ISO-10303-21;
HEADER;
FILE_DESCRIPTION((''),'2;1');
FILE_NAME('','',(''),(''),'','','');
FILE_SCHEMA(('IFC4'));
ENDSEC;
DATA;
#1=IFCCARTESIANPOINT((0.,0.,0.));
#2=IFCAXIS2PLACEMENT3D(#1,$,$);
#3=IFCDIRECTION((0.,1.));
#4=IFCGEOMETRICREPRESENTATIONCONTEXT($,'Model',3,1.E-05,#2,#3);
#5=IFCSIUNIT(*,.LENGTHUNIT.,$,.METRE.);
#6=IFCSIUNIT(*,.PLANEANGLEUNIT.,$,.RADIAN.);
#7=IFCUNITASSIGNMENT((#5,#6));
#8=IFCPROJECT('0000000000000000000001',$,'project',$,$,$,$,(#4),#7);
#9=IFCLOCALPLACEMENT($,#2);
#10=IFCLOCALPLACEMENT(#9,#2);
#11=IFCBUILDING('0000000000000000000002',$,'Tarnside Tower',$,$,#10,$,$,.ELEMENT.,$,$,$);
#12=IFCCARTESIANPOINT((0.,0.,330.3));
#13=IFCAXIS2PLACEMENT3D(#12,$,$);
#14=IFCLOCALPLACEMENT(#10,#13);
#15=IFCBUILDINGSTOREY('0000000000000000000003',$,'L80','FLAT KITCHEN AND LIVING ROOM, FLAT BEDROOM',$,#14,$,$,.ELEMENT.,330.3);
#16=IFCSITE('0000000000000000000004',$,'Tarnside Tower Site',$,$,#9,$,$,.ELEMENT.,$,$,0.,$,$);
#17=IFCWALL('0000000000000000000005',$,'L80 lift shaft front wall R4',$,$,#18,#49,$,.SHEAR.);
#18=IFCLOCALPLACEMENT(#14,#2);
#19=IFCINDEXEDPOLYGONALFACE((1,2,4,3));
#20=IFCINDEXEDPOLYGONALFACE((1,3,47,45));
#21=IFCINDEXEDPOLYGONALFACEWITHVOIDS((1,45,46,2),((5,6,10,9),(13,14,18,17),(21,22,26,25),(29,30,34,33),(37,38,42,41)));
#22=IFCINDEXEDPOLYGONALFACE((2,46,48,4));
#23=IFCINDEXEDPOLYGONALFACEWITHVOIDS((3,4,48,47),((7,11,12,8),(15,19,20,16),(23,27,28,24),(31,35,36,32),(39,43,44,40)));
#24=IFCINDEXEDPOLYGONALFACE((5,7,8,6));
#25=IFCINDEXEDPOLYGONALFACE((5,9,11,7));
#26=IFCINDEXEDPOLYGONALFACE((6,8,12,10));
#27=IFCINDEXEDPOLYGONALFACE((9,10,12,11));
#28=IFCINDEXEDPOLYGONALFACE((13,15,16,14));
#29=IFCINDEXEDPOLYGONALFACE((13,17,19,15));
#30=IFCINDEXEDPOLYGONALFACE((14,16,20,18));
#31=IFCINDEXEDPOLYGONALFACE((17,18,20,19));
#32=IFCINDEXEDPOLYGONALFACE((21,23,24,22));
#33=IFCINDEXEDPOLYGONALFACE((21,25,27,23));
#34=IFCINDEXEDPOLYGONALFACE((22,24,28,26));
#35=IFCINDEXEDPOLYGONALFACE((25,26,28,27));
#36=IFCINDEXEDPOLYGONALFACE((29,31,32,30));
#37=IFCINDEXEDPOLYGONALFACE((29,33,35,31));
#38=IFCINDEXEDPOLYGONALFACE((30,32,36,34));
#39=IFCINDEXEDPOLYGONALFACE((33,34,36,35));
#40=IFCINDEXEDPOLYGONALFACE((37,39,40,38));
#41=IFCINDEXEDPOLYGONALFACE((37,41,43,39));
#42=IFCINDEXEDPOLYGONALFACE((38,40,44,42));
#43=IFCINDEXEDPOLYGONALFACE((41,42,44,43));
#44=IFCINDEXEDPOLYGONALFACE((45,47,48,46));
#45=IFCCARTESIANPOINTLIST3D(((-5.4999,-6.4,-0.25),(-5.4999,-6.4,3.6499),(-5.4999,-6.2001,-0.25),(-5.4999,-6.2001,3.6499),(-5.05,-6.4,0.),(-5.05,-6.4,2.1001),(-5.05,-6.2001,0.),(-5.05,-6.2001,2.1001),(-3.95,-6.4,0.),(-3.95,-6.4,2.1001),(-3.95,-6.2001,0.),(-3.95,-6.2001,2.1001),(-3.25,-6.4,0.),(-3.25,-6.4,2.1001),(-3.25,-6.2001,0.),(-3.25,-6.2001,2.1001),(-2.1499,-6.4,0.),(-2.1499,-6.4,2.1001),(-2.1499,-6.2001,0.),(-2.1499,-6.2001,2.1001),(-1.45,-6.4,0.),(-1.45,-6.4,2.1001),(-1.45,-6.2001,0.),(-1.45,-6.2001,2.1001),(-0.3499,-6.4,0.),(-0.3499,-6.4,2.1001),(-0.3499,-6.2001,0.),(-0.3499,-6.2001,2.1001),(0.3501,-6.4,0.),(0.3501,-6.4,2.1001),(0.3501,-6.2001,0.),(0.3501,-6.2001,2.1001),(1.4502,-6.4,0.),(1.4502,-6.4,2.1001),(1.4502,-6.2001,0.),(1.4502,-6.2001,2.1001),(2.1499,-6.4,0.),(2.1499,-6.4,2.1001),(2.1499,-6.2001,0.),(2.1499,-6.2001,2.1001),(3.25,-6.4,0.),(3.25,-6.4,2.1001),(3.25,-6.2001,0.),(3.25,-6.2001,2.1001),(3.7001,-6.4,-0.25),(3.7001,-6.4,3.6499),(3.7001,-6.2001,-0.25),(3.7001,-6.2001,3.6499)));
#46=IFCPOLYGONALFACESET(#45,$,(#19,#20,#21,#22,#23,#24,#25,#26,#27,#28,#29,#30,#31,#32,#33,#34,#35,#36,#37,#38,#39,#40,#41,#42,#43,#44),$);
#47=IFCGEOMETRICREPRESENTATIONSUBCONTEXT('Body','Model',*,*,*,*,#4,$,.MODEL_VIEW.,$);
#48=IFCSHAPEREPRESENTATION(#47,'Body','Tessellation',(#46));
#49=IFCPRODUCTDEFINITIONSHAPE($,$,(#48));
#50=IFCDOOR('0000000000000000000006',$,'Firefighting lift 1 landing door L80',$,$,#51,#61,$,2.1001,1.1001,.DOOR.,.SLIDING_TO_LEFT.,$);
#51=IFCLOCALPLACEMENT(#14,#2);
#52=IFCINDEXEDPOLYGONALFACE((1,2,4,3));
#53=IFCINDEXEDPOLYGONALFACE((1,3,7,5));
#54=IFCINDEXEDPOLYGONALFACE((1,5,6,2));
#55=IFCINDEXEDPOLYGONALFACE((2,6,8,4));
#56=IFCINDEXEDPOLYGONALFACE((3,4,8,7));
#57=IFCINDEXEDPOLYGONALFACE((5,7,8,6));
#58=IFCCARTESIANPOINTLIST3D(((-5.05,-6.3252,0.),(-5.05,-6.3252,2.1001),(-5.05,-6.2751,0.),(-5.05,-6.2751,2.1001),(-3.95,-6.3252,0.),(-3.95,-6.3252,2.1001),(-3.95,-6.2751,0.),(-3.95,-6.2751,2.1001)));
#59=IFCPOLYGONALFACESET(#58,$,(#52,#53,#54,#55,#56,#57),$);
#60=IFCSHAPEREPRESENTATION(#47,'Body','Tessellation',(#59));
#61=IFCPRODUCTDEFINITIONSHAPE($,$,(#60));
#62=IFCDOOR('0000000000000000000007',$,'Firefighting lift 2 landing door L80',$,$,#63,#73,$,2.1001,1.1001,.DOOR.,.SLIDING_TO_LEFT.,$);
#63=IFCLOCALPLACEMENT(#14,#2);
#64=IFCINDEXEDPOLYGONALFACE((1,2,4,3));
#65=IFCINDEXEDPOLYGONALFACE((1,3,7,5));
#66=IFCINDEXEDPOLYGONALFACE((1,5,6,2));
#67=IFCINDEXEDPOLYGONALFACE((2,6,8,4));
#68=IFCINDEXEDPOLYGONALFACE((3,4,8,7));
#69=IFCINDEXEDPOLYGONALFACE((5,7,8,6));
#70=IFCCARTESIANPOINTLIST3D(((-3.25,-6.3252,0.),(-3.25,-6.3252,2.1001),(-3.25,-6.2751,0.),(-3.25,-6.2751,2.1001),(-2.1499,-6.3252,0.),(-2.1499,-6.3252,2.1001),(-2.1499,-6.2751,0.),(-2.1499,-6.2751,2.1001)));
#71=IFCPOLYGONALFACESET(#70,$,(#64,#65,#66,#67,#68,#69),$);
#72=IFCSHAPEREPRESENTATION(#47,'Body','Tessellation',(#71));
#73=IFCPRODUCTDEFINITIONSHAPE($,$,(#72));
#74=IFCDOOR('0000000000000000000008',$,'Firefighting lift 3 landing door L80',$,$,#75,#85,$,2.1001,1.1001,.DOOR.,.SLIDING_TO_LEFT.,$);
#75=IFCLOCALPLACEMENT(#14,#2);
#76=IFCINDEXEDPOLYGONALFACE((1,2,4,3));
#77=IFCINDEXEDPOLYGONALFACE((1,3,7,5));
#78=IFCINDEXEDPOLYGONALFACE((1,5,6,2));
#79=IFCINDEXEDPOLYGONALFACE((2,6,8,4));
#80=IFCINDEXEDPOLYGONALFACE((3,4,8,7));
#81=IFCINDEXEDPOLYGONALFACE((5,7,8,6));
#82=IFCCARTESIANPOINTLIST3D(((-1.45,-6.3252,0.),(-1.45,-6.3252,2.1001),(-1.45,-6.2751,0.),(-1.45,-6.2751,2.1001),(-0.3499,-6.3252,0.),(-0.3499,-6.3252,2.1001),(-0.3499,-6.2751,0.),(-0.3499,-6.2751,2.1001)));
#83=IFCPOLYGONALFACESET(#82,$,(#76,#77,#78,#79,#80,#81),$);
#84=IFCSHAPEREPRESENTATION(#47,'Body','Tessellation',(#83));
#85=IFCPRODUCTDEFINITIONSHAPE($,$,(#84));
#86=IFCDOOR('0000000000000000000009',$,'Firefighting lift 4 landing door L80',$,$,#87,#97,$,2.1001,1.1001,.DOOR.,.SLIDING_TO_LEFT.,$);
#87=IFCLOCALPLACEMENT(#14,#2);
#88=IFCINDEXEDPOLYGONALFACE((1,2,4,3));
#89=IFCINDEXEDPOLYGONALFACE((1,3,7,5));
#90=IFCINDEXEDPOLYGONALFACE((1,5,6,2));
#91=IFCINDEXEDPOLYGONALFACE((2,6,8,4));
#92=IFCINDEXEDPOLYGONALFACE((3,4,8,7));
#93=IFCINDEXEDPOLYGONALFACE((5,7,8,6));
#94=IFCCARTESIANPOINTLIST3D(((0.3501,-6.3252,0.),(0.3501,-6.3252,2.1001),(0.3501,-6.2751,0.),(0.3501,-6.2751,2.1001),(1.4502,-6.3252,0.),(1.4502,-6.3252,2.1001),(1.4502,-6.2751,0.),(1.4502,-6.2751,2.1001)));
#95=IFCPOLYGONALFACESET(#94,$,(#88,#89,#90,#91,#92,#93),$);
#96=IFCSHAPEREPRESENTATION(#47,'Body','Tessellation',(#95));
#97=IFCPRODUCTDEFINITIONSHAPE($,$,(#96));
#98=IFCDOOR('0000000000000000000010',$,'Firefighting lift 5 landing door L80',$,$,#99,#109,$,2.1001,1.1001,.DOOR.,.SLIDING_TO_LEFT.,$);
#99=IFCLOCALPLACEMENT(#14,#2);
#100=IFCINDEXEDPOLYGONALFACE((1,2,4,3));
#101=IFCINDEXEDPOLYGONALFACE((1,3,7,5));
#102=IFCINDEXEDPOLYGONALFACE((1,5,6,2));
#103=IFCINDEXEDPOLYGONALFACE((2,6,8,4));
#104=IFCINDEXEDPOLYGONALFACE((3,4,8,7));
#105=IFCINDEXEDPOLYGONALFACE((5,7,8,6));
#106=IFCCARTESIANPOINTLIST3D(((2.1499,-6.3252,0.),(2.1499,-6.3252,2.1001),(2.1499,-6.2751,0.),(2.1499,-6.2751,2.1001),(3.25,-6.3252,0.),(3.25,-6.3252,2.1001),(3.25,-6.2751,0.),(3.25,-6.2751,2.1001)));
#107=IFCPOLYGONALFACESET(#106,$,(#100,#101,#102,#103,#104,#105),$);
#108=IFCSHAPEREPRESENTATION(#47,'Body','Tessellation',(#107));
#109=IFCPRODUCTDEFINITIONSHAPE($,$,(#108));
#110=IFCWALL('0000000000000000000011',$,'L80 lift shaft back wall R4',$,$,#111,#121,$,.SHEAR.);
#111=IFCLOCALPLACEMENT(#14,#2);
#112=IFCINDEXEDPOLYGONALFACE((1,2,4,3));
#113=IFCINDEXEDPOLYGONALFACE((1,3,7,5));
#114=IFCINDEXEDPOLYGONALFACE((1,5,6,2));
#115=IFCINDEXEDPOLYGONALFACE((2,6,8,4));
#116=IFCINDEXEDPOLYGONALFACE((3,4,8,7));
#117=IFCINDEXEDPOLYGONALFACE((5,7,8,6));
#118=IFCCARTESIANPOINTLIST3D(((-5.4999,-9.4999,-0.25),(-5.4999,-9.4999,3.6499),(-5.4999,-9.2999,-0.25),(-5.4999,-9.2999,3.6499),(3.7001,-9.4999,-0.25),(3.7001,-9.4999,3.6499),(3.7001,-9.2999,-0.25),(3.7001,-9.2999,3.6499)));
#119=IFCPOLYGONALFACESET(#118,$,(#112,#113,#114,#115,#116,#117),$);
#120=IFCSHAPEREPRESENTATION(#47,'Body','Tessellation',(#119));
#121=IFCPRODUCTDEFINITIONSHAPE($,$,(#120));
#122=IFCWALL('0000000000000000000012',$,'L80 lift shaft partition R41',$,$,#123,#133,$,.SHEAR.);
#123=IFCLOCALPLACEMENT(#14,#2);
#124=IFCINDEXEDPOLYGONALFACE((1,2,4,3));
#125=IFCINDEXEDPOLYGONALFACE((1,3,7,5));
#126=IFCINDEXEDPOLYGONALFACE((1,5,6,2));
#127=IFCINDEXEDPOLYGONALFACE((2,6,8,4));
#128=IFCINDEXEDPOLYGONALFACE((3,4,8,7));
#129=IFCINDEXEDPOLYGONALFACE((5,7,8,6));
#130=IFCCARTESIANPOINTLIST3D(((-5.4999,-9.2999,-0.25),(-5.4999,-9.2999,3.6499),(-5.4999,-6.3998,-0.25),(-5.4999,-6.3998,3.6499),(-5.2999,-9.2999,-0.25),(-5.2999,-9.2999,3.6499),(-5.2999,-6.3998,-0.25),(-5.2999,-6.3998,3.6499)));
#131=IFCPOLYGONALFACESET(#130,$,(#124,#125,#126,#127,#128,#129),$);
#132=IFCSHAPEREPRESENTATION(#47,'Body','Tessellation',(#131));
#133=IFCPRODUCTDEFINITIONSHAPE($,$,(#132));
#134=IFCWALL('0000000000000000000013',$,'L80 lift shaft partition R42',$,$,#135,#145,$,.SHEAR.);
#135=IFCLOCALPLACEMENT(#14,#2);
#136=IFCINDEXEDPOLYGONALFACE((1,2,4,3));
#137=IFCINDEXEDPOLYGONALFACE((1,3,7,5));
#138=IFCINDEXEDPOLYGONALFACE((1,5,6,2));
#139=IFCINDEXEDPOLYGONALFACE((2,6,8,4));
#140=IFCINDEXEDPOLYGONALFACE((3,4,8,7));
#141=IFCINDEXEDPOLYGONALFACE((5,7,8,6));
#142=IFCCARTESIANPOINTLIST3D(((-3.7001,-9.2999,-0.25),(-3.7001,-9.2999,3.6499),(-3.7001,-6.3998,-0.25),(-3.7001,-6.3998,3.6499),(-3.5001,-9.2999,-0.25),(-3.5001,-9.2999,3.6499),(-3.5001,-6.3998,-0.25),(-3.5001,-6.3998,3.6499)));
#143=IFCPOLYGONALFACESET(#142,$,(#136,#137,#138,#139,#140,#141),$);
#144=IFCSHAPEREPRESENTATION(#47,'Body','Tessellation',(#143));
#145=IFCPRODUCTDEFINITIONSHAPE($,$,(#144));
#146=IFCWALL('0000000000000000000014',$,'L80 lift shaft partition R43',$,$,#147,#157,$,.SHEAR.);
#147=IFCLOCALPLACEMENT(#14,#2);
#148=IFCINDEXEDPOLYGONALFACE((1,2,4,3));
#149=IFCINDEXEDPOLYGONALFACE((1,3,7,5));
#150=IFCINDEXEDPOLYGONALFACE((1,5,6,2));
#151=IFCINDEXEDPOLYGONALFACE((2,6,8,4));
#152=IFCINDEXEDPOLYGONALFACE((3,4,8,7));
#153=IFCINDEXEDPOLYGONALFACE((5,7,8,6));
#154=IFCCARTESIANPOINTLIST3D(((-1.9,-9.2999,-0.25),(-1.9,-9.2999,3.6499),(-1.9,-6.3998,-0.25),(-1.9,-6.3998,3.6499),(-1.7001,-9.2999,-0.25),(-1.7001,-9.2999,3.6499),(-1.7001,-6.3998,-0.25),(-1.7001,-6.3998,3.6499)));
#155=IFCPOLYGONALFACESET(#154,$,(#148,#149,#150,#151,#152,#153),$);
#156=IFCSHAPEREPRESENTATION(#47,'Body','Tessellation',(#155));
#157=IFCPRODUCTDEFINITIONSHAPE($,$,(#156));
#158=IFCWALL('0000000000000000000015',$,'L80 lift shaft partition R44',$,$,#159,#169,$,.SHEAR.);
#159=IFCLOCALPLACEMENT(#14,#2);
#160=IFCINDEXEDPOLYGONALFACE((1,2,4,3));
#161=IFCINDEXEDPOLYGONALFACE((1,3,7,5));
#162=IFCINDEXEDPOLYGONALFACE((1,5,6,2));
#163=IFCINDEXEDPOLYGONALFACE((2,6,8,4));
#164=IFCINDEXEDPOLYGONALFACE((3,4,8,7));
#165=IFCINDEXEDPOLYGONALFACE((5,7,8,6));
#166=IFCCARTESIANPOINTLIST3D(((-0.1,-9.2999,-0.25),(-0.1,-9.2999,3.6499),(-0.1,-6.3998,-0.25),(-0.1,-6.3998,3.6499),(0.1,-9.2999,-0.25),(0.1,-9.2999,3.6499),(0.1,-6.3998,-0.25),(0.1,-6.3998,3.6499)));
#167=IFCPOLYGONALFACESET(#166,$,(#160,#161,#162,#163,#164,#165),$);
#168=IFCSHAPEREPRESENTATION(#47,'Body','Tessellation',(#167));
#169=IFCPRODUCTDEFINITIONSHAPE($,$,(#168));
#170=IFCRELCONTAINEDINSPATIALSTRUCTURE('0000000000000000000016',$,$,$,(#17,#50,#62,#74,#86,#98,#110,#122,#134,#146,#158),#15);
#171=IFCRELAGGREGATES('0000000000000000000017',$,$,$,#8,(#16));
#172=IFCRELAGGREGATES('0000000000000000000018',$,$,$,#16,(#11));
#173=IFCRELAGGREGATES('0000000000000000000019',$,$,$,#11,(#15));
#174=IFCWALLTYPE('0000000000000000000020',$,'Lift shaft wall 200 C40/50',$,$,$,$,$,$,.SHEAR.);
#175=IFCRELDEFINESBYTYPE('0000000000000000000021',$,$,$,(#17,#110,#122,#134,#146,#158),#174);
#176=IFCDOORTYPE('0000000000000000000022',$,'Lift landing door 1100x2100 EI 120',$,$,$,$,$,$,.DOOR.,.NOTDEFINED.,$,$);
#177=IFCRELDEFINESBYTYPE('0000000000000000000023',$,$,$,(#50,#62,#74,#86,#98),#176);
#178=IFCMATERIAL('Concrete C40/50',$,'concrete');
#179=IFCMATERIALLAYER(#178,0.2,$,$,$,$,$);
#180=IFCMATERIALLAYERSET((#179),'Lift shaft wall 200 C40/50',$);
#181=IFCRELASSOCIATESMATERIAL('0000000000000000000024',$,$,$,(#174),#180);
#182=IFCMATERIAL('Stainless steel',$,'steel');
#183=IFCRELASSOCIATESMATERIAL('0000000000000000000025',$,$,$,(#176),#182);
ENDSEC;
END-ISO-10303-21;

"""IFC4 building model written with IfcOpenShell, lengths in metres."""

from ifc_helpers import new_model, si_unit, direction, frame, frame_2d, origin, place, context, subcontext, project, spatial, rectangle, extrude, material, layer, layer_set, type_object, element, fill, save


model = new_model("IFC4")

# Units and contexts
model_context = context("Model", 3, precision=1e-05, world=origin(), true_north=direction((0.0, 1.0)))
body_context = subcontext(model_context, "Body", "Model", "MODEL_VIEW")
ifc_project = project(units=[si_unit("LENGTHUNIT", "METRE"), si_unit("PLANEANGLEUNIT", "RADIAN")], contexts=[model_context])

# Site, building, storey
site_placement = place(None, origin())
site = spatial("IfcSite", under=ifc_project, at=site_placement, Name="Tarnside Tower Site", CompositionType="ELEMENT", RefElevation=0.0)
building_placement = place(site_placement, origin())
building = spatial("IfcBuilding", under=site, at=building_placement, Name="Tarnside Tower", CompositionType="ELEMENT")
storey_placement = place(building_placement, frame((0.0, 0.0, 330.3)))
storey = spatial("IfcBuildingStorey", under=building, at=storey_placement, Name="L80", Description="FLAT KITCHEN AND LIVING ROOM, FLAT BEDROOM", CompositionType="ELEMENT", Elevation=330.3)

# Shared definitions
ifc_material_1 = material(Name="Concrete C40/50", Category="concrete")

# Wall, openings, doors
ifc_layer_1 = layer(ifc_material_1, 0.2)
ifc_layer_set_1 = layer_set([ifc_layer_1], Name="Lift shaft wall 200 C40/50")
wall_type_1 = type_object("IfcWallType", Name="Lift shaft wall 200 C40/50", PredefinedType="SHEAR", material=ifc_layer_set_1)
wall_1_placement = place(storey_placement, frame((-5.5, -6.3, -0.25), z_axis=(0.0, 0.0, 1.0), x_axis=(1.0, 0.0, 0.0)))
wall_1 = element("IfcWall", 1, at=wall_1_placement, inside=storey, type_object=wall_type_1, Name="L80 lift shaft front wall R4", PredefinedType="SHEAR", context=body_context, shape_type="SweptSolid", body=[
    extrude(rectangle(XDim=9.2, YDim=0.2, at=frame_2d((4.6001, 0.0))), origin(), (0.0, 0.0, 1.0), 3.8999),
])
opening_1_placement = place(wall_1_placement, frame((0.45, 0.0, 0.25)))
opening_1 = element("IfcOpeningElement", 2, at=opening_1_placement, cuts=wall_1, PredefinedType="OPENING", context=body_context, shape_type="SweptSolid", body=[
    extrude(rectangle(XDim=1.1001, YDim=2.1001, at=frame_2d((0.55, 1.05))), frame((0.0, 0.1099, 0.0), z_axis=(0.0, -1.0, 0.0), x_axis=(1.0, 0.0, 0.0)), (0.0, 0.0, 1.0), 0.22),
])
opening_2_placement = place(wall_1_placement, frame((2.25, 0.0, 0.25)))
opening_2 = element("IfcOpeningElement", 3, at=opening_2_placement, cuts=wall_1, PredefinedType="OPENING", context=body_context, shape_type="SweptSolid", body=[
    extrude(rectangle(XDim=1.1001, YDim=2.1001, at=frame_2d((0.55, 1.05))), frame((0.0, 0.1099, 0.0), z_axis=(0.0, -1.0, 0.0), x_axis=(1.0, 0.0, 0.0)), (0.0, 0.0, 1.0), 0.22),
])
opening_3_placement = place(wall_1_placement, frame((4.05, 0.0, 0.25)))
opening_3 = element("IfcOpeningElement", 4, at=opening_3_placement, cuts=wall_1, PredefinedType="OPENING", context=body_context, shape_type="SweptSolid", body=[
    extrude(rectangle(XDim=1.1001, YDim=2.1001, at=frame_2d((0.55, 1.05))), frame((0.0, 0.1099, 0.0), z_axis=(0.0, -1.0, 0.0), x_axis=(1.0, 0.0, 0.0)), (0.0, 0.0, 1.0), 0.22),
])
opening_4_placement = place(wall_1_placement, frame((5.8501, 0.0, 0.25)))
opening_4 = element("IfcOpeningElement", 5, at=opening_4_placement, cuts=wall_1, PredefinedType="OPENING", context=body_context, shape_type="SweptSolid", body=[
    extrude(rectangle(XDim=1.1001, YDim=2.1001, at=frame_2d((0.55, 1.05))), frame((0.0, 0.1099, 0.0), z_axis=(0.0, -1.0, 0.0), x_axis=(1.0, 0.0, 0.0)), (0.0, 0.0, 1.0), 0.22),
])
opening_5_placement = place(wall_1_placement, frame((7.6499, 0.0, 0.25)))
opening_5 = element("IfcOpeningElement", 6, at=opening_5_placement, cuts=wall_1, PredefinedType="OPENING", context=body_context, shape_type="SweptSolid", body=[
    extrude(rectangle(XDim=1.1001, YDim=2.1001, at=frame_2d((0.55, 1.05))), frame((0.0, 0.1099, 0.0), z_axis=(0.0, -1.0, 0.0), x_axis=(1.0, 0.0, 0.0)), (0.0, 0.0, 1.0), 0.22),
])
ifc_material_2 = material(Name="Stainless steel", Category="steel")
door_type_1 = type_object("IfcDoorType", Name="Lift landing door 1100x2100 EI 120", OperationType="NOTDEFINED", PredefinedType="DOOR", material=ifc_material_2)
door_1_placement = place(opening_1_placement, origin())
door_1 = element("IfcDoor", 7, at=door_1_placement, inside=storey, type_object=door_type_1, Name="Firefighting lift 1 landing door L80", OperationType="SLIDING_TO_LEFT", OverallHeight=2.1001, OverallWidth=1.1001, PredefinedType="DOOR", context=body_context, shape_type="SweptSolid", body=[
    extrude(rectangle(XDim=1.1001, YDim=2.1001, at=frame_2d((0.55, 1.05))), frame((0.0, 0.0249, 0.0), z_axis=(0.0, -1.0, 0.0), x_axis=(1.0, 0.0, 0.0)), (0.0, 0.0, 1.0), 0.05),
])
fill(opening_1, door_1)
door_2_placement = place(opening_2_placement, origin())
door_2 = element("IfcDoor", 8, at=door_2_placement, inside=storey, type_object=door_type_1, Name="Firefighting lift 2 landing door L80", OperationType="SLIDING_TO_LEFT", OverallHeight=2.1001, OverallWidth=1.1001, PredefinedType="DOOR", context=body_context, shape_type="SweptSolid", body=[
    extrude(rectangle(XDim=1.1001, YDim=2.1001, at=frame_2d((0.55, 1.05))), frame((0.0, 0.0249, 0.0), z_axis=(0.0, -1.0, 0.0), x_axis=(1.0, 0.0, 0.0)), (0.0, 0.0, 1.0), 0.05),
])
fill(opening_2, door_2)
door_3_placement = place(opening_3_placement, origin())
door_3 = element("IfcDoor", 9, at=door_3_placement, inside=storey, type_object=door_type_1, Name="Firefighting lift 3 landing door L80", OperationType="SLIDING_TO_LEFT", OverallHeight=2.1001, OverallWidth=1.1001, PredefinedType="DOOR", context=body_context, shape_type="SweptSolid", body=[
    extrude(rectangle(XDim=1.1001, YDim=2.1001, at=frame_2d((0.55, 1.05))), frame((0.0, 0.0249, 0.0), z_axis=(0.0, -1.0, 0.0), x_axis=(1.0, 0.0, 0.0)), (0.0, 0.0, 1.0), 0.05),
])
fill(opening_3, door_3)
door_4_placement = place(opening_4_placement, origin())
door_4 = element("IfcDoor", 10, at=door_4_placement, inside=storey, type_object=door_type_1, Name="Firefighting lift 4 landing door L80", OperationType="SLIDING_TO_LEFT", OverallHeight=2.1001, OverallWidth=1.1001, PredefinedType="DOOR", context=body_context, shape_type="SweptSolid", body=[
    extrude(rectangle(XDim=1.1001, YDim=2.1001, at=frame_2d((0.55, 1.05))), frame((0.0, 0.0249, 0.0), z_axis=(0.0, -1.0, 0.0), x_axis=(1.0, 0.0, 0.0)), (0.0, 0.0, 1.0), 0.05),
])
fill(opening_4, door_4)
door_5_placement = place(opening_5_placement, origin())
door_5 = element("IfcDoor", 11, at=door_5_placement, inside=storey, type_object=door_type_1, Name="Firefighting lift 5 landing door L80", OperationType="SLIDING_TO_LEFT", OverallHeight=2.1001, OverallWidth=1.1001, PredefinedType="DOOR", context=body_context, shape_type="SweptSolid", body=[
    extrude(rectangle(XDim=1.1001, YDim=2.1001, at=frame_2d((0.55, 1.05))), frame((0.0, 0.0249, 0.0), z_axis=(0.0, -1.0, 0.0), x_axis=(1.0, 0.0, 0.0)), (0.0, 0.0, 1.0), 0.05),
])
fill(opening_5, door_5)

# Walls
wall_2_placement = place(storey_placement, frame((-5.5, -9.3999, -0.25), z_axis=(0.0, 0.0, 1.0), x_axis=(1.0, 0.0, 0.0)))
element("IfcWall", 12, at=wall_2_placement, inside=storey, type_object=wall_type_1, Name="L80 lift shaft back wall R4", PredefinedType="SHEAR", context=body_context, shape_type="SweptSolid", body=[
    extrude(rectangle(XDim=9.2, YDim=0.2, at=frame_2d((4.6001, 0.0))), origin(), (0.0, 0.0, 1.0), 3.8999),
])
for number, where, z_axis, x_axis, name in (
    (13, (-5.3999, -9.3, -0.25), (0.0, 0.0, 1.0), (0.0, 1.0, 0.0), "L80 lift shaft partition R41"),
    (14, (-3.6001, -9.3, -0.25), (0.0, 0.0, 1.0), (0.0, 1.0, 0.0), "L80 lift shaft partition R42"),
    (15, (-1.8, -9.3, -0.25), (0.0, 0.0, 1.0), (0.0, 1.0, 0.0), "L80 lift shaft partition R43"),
    (16, (0.0, -9.3, -0.25), (0.0, 0.0, 1.0), (0.0, 1.0, 0.0), "L80 lift shaft partition R44"),
):
    element("IfcWall", number, at=place(storey_placement, frame(where, z_axis=z_axis, x_axis=x_axis)), inside=storey, type_object=wall_type_1, Name=name, PredefinedType="SHEAR", context=body_context, shape_type="SweptSolid", body=[
        extrude(rectangle(XDim=2.9001, YDim=0.2, at=frame_2d((1.4502, 0.0))), origin(), (0.0, 0.0, 1.0), 3.8999),
    ])

save(model, "model.ifc")
